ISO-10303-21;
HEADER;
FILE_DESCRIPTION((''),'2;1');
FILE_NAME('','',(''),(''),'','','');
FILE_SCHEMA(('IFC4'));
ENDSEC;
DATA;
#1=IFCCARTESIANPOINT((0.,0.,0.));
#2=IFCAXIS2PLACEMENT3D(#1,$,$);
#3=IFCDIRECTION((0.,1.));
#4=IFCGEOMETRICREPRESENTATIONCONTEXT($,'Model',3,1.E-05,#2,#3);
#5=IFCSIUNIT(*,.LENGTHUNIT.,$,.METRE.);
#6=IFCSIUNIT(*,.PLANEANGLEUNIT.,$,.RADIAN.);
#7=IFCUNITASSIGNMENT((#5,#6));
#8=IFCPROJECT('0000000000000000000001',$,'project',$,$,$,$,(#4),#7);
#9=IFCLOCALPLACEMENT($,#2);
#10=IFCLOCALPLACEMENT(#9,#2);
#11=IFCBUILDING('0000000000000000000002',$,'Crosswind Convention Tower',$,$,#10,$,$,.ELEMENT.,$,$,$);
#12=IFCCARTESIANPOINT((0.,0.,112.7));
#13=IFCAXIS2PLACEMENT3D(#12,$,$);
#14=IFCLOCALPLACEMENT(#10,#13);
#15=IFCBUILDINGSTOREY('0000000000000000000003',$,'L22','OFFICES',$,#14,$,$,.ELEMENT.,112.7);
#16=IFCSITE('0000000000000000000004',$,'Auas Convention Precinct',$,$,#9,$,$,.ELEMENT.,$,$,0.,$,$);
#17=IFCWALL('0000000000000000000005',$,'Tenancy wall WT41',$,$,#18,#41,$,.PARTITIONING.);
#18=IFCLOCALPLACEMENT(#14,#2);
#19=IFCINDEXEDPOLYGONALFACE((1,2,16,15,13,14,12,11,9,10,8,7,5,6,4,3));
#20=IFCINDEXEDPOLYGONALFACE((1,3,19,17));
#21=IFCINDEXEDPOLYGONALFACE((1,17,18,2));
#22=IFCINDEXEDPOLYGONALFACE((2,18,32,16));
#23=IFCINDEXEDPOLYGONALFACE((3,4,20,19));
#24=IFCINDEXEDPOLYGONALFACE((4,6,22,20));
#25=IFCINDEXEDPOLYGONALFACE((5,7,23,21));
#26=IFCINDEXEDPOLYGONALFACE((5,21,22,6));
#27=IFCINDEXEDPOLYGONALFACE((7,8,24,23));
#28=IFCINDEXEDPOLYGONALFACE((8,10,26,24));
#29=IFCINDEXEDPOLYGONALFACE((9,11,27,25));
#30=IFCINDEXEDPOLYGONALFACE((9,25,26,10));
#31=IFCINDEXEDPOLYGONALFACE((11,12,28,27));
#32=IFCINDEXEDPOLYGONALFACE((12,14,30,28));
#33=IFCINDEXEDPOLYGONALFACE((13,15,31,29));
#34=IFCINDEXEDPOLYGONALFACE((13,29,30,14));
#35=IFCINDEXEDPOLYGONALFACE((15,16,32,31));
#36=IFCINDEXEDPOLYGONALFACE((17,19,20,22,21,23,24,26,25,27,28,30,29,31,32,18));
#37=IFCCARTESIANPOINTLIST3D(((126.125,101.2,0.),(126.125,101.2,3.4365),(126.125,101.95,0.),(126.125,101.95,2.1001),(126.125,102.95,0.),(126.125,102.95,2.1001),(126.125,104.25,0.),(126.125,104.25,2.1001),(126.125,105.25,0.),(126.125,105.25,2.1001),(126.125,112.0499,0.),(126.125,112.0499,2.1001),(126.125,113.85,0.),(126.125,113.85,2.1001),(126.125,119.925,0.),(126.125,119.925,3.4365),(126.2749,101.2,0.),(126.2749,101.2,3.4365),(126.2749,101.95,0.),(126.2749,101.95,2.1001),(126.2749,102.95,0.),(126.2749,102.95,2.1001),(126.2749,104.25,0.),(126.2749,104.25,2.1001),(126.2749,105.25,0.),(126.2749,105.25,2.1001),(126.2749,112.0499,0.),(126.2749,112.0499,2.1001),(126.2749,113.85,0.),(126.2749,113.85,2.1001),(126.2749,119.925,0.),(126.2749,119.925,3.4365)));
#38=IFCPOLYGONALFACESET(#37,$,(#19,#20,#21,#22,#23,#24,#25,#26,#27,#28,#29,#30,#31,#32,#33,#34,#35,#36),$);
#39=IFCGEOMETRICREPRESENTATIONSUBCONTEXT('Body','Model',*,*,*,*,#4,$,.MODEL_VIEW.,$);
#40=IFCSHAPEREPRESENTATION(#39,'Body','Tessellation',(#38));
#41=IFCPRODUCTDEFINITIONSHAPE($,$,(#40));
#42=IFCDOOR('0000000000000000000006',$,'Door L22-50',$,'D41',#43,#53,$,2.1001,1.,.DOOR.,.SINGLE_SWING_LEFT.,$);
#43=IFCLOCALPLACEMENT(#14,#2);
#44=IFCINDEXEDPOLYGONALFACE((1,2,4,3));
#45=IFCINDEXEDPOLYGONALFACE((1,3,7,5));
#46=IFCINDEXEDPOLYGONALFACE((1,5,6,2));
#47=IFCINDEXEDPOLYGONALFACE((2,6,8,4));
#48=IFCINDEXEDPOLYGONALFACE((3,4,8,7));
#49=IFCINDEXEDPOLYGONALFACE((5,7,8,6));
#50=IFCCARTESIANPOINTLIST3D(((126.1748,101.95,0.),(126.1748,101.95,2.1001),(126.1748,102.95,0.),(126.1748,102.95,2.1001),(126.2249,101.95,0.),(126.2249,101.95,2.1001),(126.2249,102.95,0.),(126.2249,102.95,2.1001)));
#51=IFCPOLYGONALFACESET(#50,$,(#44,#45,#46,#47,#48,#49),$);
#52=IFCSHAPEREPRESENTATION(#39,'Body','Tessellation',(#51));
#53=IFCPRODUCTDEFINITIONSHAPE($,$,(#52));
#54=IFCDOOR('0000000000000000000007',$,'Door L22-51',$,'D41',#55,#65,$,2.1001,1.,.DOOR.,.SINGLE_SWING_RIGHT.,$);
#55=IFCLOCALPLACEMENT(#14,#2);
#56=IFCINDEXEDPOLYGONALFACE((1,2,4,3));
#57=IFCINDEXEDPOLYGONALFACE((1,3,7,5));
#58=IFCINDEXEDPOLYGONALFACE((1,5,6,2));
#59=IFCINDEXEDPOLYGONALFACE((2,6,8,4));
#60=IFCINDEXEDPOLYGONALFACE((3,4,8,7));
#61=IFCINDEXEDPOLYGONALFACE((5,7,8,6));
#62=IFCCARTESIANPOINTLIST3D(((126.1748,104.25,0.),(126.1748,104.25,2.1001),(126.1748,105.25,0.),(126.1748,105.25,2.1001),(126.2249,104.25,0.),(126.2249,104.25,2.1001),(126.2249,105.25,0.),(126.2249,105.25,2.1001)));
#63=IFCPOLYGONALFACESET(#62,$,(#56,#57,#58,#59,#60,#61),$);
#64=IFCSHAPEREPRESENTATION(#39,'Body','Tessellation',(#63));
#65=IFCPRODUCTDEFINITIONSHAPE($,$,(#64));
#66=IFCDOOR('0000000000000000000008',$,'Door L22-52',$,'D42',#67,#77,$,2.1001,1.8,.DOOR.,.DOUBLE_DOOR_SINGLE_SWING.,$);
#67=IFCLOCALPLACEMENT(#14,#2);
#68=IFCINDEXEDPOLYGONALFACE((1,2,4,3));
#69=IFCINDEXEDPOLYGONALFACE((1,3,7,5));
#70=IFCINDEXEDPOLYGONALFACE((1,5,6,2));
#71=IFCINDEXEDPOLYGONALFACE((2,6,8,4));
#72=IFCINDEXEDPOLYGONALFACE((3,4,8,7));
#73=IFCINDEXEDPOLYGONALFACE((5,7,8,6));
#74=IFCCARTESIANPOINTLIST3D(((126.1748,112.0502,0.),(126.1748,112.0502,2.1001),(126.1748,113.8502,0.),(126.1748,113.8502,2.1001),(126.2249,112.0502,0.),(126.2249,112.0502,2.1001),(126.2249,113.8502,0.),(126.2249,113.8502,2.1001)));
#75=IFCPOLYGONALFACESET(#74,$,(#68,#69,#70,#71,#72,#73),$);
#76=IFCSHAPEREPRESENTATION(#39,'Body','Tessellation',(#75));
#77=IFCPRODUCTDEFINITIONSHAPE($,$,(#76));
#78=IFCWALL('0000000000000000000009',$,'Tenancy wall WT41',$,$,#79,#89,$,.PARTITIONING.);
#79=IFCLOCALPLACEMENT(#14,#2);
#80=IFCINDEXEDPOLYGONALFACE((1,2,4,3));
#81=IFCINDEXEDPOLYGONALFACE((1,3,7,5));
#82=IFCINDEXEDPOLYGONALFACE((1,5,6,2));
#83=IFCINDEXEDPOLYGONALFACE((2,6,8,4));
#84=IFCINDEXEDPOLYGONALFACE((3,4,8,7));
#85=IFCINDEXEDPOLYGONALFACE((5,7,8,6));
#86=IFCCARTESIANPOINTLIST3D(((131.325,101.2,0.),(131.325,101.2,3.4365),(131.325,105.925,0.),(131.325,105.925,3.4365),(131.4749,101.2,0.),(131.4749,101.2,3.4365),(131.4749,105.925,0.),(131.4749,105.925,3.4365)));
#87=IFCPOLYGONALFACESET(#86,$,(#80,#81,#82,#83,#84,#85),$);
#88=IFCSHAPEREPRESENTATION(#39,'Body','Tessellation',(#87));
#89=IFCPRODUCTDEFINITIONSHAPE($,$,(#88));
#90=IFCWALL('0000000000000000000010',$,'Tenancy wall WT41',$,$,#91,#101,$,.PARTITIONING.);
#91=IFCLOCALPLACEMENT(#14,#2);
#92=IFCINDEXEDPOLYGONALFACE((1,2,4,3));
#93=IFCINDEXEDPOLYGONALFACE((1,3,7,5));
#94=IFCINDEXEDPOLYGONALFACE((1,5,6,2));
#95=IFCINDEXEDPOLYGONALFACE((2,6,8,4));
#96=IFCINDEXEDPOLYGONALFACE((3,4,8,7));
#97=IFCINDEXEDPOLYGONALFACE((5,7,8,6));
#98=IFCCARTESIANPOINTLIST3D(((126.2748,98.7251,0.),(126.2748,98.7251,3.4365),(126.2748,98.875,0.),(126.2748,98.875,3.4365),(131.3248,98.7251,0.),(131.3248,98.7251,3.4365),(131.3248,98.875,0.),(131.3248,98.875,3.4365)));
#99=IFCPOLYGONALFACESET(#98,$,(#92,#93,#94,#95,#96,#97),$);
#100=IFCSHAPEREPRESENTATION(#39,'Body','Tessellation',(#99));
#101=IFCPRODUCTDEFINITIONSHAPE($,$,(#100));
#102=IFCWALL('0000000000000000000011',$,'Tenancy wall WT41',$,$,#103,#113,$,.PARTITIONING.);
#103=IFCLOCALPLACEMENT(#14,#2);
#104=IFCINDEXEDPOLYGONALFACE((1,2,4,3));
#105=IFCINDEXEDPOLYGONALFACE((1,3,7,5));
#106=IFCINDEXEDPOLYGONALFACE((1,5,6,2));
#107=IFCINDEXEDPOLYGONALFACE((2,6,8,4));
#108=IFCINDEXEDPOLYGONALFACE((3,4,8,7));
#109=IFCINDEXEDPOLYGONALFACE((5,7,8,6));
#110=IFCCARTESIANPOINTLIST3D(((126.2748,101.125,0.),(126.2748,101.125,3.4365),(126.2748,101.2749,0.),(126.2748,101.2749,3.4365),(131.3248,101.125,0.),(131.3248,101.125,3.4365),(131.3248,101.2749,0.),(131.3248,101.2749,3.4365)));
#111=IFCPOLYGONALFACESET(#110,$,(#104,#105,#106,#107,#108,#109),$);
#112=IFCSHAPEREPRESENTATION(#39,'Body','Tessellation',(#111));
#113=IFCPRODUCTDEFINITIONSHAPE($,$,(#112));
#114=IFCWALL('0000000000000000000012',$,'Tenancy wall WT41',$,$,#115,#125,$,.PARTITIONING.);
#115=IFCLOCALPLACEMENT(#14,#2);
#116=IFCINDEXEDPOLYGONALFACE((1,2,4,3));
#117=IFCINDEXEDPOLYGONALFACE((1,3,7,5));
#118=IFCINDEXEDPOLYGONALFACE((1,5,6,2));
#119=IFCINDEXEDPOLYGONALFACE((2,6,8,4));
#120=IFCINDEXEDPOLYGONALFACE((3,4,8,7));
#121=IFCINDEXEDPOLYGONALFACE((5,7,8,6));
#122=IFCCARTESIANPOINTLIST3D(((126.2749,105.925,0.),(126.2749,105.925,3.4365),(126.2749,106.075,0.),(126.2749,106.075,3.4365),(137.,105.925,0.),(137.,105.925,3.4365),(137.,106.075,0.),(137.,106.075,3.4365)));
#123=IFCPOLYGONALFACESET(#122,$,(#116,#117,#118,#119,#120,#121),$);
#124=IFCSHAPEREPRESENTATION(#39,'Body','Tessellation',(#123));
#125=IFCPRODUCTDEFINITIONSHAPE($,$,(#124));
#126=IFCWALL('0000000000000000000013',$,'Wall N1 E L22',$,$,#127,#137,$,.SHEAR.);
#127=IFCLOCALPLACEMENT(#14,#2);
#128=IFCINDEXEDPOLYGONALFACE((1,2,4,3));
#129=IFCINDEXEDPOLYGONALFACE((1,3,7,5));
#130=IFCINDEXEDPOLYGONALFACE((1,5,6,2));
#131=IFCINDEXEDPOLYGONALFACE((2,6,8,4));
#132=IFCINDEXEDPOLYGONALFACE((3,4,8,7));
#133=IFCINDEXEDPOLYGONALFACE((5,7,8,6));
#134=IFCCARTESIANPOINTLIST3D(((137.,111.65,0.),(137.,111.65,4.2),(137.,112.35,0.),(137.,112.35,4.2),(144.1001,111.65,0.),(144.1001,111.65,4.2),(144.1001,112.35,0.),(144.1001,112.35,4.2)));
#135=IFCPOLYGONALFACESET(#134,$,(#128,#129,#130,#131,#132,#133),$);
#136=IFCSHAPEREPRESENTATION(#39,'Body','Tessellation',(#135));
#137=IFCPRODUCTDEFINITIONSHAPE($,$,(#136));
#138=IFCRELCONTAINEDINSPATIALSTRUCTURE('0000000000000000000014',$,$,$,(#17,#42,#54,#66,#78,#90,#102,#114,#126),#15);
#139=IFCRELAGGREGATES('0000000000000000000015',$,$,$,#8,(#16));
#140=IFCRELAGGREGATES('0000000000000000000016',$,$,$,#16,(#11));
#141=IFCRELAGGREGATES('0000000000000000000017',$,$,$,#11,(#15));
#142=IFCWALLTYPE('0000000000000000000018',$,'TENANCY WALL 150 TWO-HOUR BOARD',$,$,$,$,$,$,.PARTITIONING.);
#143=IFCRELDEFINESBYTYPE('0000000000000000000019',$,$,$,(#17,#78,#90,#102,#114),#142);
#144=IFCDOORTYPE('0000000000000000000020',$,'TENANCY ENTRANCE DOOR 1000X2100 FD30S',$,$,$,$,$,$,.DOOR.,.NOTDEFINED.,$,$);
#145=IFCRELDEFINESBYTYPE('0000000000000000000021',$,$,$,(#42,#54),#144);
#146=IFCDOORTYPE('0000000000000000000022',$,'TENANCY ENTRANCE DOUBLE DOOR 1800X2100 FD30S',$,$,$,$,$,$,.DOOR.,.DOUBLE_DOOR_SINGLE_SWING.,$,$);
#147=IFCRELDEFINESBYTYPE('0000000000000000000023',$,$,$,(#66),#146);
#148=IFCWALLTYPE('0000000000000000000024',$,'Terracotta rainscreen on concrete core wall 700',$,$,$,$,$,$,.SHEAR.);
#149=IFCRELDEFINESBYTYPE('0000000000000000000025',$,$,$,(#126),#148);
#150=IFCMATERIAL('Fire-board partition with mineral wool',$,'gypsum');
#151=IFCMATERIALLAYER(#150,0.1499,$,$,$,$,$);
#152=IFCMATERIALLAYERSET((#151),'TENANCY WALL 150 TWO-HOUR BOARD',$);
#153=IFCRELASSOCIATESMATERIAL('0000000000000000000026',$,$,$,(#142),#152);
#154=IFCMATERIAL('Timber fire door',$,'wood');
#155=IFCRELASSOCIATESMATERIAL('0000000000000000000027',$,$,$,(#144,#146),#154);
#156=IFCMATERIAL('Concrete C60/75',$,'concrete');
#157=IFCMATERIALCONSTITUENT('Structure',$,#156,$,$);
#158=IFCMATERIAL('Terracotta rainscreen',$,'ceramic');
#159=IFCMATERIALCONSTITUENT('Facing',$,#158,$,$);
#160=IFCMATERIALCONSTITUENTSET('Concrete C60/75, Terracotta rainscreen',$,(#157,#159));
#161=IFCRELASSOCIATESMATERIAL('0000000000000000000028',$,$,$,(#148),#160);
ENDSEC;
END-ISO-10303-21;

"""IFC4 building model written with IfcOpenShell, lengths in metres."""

from ifc_helpers import new_model, si_unit, direction, frame, frame_2d, origin, place, context, subcontext, project, spatial, rectangle, extrude, material, layer, layer_set, constituent, constituent_set, type_object, element, fill, save


model = new_model("IFC4")

# Units and contexts
model_context = context("Model", 3, precision=1e-05, world=origin(), true_north=direction((0.0, 1.0)))
body_context = subcontext(model_context, "Body", "Model", "MODEL_VIEW")
ifc_project = project(units=[si_unit("LENGTHUNIT", "METRE"), si_unit("PLANEANGLEUNIT", "RADIAN")], contexts=[model_context])

# Site, building, storey
site_placement = place(None, origin())
site = spatial("IfcSite", under=ifc_project, at=site_placement, Name="Auas Convention Precinct", CompositionType="ELEMENT", RefElevation=0.0)
building_placement = place(site_placement, origin())
building = spatial("IfcBuilding", under=site, at=building_placement, Name="Crosswind Convention Tower", CompositionType="ELEMENT")
storey_placement = place(building_placement, frame((0.0, 0.0, 112.7)))
storey = spatial("IfcBuildingStorey", under=building, at=storey_placement, Name="L22", Description="OFFICES", CompositionType="ELEMENT", Elevation=112.7)

# Wall, openings, doors
ifc_material_1 = material(Name="Fire-board partition with mineral wool", Category="gypsum")
ifc_layer_1 = layer(ifc_material_1, 0.1499)
ifc_layer_set_1 = layer_set([ifc_layer_1], Name="TENANCY WALL 150 TWO-HOUR BOARD")
wall_type_1 = type_object("IfcWallType", Name="TENANCY WALL 150 TWO-HOUR BOARD", PredefinedType="PARTITIONING", material=ifc_layer_set_1)
ifc_material_2 = material(Name="Timber fire door", Category="wood")
door_type_1 = type_object("IfcDoorType", Name="TENANCY ENTRANCE DOOR 1000X2100 FD30S", OperationType="NOTDEFINED", PredefinedType="DOOR", material=ifc_material_2)
wall_1_placement = place(storey_placement, frame((126.2, 101.2, 0.0), z_axis=(0.0, 0.0, 1.0), x_axis=(0.0, 1.0, 0.0)))
wall_1 = element("IfcWall", 1, at=wall_1_placement, inside=storey, type_object=wall_type_1, Name="Tenancy wall WT41", PredefinedType="PARTITIONING", context=body_context, shape_type="SweptSolid", body=[
    extrude(rectangle(XDim=18.7251, YDim=0.1499, at=frame_2d((9.3625, 0.0))), origin(), (0.0, 0.0, 1.0), 3.4365),
])
opening_1_placement = place(wall_1_placement, frame((0.75, 0.0, 0.0)))
opening_1 = element("IfcOpeningElement", 2, at=opening_1_placement, cuts=wall_1, PredefinedType="OPENING", context=body_context, shape_type="SweptSolid", body=[
    extrude(rectangle(XDim=1.0, YDim=2.1001, at=frame_2d((0.5, 1.05))), frame((0.0, 0.085, 0.0), z_axis=(0.0, -1.0, 0.0), x_axis=(1.0, 0.0, 0.0)), (0.0, 0.0, 1.0), 0.1699),
])
opening_2_placement = place(wall_1_placement, frame((3.05, 0.0, 0.0)))
opening_2 = element("IfcOpeningElement", 3, at=opening_2_placement, cuts=wall_1, PredefinedType="OPENING", context=body_context, shape_type="SweptSolid", body=[
    extrude(rectangle(XDim=1.0, YDim=2.1001, at=frame_2d((0.5, 1.05))), frame((0.0, 0.085, 0.0), z_axis=(0.0, -1.0, 0.0), x_axis=(1.0, 0.0, 0.0)), (0.0, 0.0, 1.0), 0.1699),
])
opening_3_placement = place(wall_1_placement, frame((10.8501, 0.0, 0.0)))
opening_3 = element("IfcOpeningElement", 4, at=opening_3_placement, cuts=wall_1, PredefinedType="OPENING", context=body_context, shape_type="SweptSolid", body=[
    extrude(rectangle(XDim=1.8, YDim=2.1001, at=frame_2d((0.8999, 1.05))), frame((0.0, 0.085, 0.0), z_axis=(0.0, -1.0, 0.0), x_axis=(1.0, 0.0, 0.0)), (0.0, 0.0, 1.0), 0.1699),
])
door_1_placement = place(opening_1_placement, frame((1.0, 0.0, 0.0), z_axis=(0.0, 0.0, 1.0), x_axis=(-1.0, 0.0, 0.0)))
door_1 = element("IfcDoor", 5, at=door_1_placement, inside=storey, type_object=door_type_1, Name="Door L22-50", ObjectType="D41", OperationType="SINGLE_SWING_LEFT", OverallHeight=2.1001, OverallWidth=1.0, PredefinedType="DOOR", context=body_context, shape_type="SweptSolid", body=[
    extrude(rectangle(XDim=1.0, YDim=2.1001, at=frame_2d((0.5, 1.05))), frame((0.0, 0.0249, 0.0), z_axis=(0.0, -1.0, 0.0), x_axis=(1.0, 0.0, 0.0)), (0.0, 0.0, 1.0), 0.05),
])
fill(opening_1, door_1)
door_2_placement = place(opening_2_placement, frame((1.0, 0.0, 0.0), z_axis=(0.0, 0.0, 1.0), x_axis=(-1.0, 0.0, 0.0)))
door_2 = element("IfcDoor", 6, at=door_2_placement, inside=storey, type_object=door_type_1, Name="Door L22-51", ObjectType="D41", OperationType="SINGLE_SWING_RIGHT", OverallHeight=2.1001, OverallWidth=1.0, PredefinedType="DOOR", context=body_context, shape_type="SweptSolid", body=[
    extrude(rectangle(XDim=1.0, YDim=2.1001, at=frame_2d((0.5, 1.05))), frame((0.0, 0.0249, 0.0), z_axis=(0.0, -1.0, 0.0), x_axis=(1.0, 0.0, 0.0)), (0.0, 0.0, 1.0), 0.05),
])
fill(opening_2, door_2)
door_type_2 = type_object("IfcDoorType", Name="TENANCY ENTRANCE DOUBLE DOOR 1800X2100 FD30S", OperationType="DOUBLE_DOOR_SINGLE_SWING", PredefinedType="DOOR", material=ifc_material_2)
door_3_placement = place(opening_3_placement, frame((1.8, 0.0, 0.0), z_axis=(0.0, 0.0, 1.0), x_axis=(-1.0, 0.0, 0.0)))
door_3 = element("IfcDoor", 7, at=door_3_placement, inside=storey, type_object=door_type_2, Name="Door L22-52", ObjectType="D42", OperationType="DOUBLE_DOOR_SINGLE_SWING", OverallHeight=2.1001, OverallWidth=1.8, PredefinedType="DOOR", context=body_context, shape_type="SweptSolid", body=[
    extrude(rectangle(XDim=1.8, YDim=2.1001, at=frame_2d((0.8999, 1.05))), frame((0.0, 0.0249, 0.0), z_axis=(0.0, -1.0, 0.0), x_axis=(1.0, 0.0, 0.0)), (0.0, 0.0, 1.0), 0.05),
])
fill(opening_3, door_3)

# Walls
wall_2_placement = place(storey_placement, frame((131.3999, 101.2, 0.0), z_axis=(0.0, 0.0, 1.0), x_axis=(0.0, 1.0, 0.0)))
element("IfcWall", 8, at=wall_2_placement, inside=storey, type_object=wall_type_1, Name="Tenancy wall WT41", PredefinedType="PARTITIONING", context=body_context, shape_type="SweptSolid", body=[
    extrude(rectangle(XDim=4.7251, YDim=0.1499, at=frame_2d((2.3625, 0.0))), origin(), (0.0, 0.0, 1.0), 3.4365),
])
for number, where, z_axis, x_axis, name in (
    (9, (126.2749, 98.8, 0.0), (0.0, 0.0, 1.0), (1.0, 0.0, 0.0), "Tenancy wall WT41"),
    (10, (126.2749, 101.2, 0.0), (0.0, 0.0, 1.0), (1.0, 0.0, 0.0), "Tenancy wall WT41"),
):
    element("IfcWall", number, at=place(storey_placement, frame(where, z_axis=z_axis, x_axis=x_axis)), inside=storey, type_object=wall_type_1, Name=name, PredefinedType="PARTITIONING", context=body_context, shape_type="SweptSolid", body=[
        extrude(rectangle(XDim=5.05, YDim=0.1499, at=frame_2d((2.5249, 0.0))), origin(), (0.0, 0.0, 1.0), 3.4365),
    ])
wall_3_placement = place(storey_placement, frame((126.2749, 106.0, 0.0), z_axis=(0.0, 0.0, 1.0), x_axis=(1.0, 0.0, 0.0)))
element("IfcWall", 11, at=wall_3_placement, inside=storey, type_object=wall_type_1, Name="Tenancy wall WT41", PredefinedType="PARTITIONING", context=body_context, shape_type="SweptSolid", body=[
    extrude(rectangle(XDim=10.7251, YDim=0.1499, at=frame_2d((5.3625, 0.0))), origin(), (0.0, 0.0, 1.0), 3.4365),
])
ifc_material_3 = material(Name="Concrete C60/75", Category="concrete")
ifc_constituent_1 = constituent(ifc_material_3, Name="Structure")
ifc_material_4 = material(Name="Terracotta rainscreen", Category="ceramic")
ifc_constituent_2 = constituent(ifc_material_4, Name="Facing")
ifc_constituent_set = constituent_set(constituents=[ifc_constituent_1, ifc_constituent_2], Name="Concrete C60/75, Terracotta rainscreen")
wall_type_2 = type_object("IfcWallType", Name="Terracotta rainscreen on concrete core wall 700", PredefinedType="SHEAR", material=ifc_constituent_set)
wall_4_placement = place(storey_placement, frame((137.0, 112.0, 0.0), z_axis=(0.0, 0.0, 1.0), x_axis=(1.0, 0.0, 0.0)))
element("IfcWall", 12, at=wall_4_placement, inside=storey, type_object=wall_type_2, Name="Wall N1 E L22", PredefinedType="SHEAR", context=body_context, shape_type="SweptSolid", body=[
    extrude(rectangle(XDim=7.1001, YDim=0.7, at=frame_2d((3.55, 0.0))), origin(), (0.0, 0.0, 1.0), 4.2),
])

save(model, "model.ifc")
